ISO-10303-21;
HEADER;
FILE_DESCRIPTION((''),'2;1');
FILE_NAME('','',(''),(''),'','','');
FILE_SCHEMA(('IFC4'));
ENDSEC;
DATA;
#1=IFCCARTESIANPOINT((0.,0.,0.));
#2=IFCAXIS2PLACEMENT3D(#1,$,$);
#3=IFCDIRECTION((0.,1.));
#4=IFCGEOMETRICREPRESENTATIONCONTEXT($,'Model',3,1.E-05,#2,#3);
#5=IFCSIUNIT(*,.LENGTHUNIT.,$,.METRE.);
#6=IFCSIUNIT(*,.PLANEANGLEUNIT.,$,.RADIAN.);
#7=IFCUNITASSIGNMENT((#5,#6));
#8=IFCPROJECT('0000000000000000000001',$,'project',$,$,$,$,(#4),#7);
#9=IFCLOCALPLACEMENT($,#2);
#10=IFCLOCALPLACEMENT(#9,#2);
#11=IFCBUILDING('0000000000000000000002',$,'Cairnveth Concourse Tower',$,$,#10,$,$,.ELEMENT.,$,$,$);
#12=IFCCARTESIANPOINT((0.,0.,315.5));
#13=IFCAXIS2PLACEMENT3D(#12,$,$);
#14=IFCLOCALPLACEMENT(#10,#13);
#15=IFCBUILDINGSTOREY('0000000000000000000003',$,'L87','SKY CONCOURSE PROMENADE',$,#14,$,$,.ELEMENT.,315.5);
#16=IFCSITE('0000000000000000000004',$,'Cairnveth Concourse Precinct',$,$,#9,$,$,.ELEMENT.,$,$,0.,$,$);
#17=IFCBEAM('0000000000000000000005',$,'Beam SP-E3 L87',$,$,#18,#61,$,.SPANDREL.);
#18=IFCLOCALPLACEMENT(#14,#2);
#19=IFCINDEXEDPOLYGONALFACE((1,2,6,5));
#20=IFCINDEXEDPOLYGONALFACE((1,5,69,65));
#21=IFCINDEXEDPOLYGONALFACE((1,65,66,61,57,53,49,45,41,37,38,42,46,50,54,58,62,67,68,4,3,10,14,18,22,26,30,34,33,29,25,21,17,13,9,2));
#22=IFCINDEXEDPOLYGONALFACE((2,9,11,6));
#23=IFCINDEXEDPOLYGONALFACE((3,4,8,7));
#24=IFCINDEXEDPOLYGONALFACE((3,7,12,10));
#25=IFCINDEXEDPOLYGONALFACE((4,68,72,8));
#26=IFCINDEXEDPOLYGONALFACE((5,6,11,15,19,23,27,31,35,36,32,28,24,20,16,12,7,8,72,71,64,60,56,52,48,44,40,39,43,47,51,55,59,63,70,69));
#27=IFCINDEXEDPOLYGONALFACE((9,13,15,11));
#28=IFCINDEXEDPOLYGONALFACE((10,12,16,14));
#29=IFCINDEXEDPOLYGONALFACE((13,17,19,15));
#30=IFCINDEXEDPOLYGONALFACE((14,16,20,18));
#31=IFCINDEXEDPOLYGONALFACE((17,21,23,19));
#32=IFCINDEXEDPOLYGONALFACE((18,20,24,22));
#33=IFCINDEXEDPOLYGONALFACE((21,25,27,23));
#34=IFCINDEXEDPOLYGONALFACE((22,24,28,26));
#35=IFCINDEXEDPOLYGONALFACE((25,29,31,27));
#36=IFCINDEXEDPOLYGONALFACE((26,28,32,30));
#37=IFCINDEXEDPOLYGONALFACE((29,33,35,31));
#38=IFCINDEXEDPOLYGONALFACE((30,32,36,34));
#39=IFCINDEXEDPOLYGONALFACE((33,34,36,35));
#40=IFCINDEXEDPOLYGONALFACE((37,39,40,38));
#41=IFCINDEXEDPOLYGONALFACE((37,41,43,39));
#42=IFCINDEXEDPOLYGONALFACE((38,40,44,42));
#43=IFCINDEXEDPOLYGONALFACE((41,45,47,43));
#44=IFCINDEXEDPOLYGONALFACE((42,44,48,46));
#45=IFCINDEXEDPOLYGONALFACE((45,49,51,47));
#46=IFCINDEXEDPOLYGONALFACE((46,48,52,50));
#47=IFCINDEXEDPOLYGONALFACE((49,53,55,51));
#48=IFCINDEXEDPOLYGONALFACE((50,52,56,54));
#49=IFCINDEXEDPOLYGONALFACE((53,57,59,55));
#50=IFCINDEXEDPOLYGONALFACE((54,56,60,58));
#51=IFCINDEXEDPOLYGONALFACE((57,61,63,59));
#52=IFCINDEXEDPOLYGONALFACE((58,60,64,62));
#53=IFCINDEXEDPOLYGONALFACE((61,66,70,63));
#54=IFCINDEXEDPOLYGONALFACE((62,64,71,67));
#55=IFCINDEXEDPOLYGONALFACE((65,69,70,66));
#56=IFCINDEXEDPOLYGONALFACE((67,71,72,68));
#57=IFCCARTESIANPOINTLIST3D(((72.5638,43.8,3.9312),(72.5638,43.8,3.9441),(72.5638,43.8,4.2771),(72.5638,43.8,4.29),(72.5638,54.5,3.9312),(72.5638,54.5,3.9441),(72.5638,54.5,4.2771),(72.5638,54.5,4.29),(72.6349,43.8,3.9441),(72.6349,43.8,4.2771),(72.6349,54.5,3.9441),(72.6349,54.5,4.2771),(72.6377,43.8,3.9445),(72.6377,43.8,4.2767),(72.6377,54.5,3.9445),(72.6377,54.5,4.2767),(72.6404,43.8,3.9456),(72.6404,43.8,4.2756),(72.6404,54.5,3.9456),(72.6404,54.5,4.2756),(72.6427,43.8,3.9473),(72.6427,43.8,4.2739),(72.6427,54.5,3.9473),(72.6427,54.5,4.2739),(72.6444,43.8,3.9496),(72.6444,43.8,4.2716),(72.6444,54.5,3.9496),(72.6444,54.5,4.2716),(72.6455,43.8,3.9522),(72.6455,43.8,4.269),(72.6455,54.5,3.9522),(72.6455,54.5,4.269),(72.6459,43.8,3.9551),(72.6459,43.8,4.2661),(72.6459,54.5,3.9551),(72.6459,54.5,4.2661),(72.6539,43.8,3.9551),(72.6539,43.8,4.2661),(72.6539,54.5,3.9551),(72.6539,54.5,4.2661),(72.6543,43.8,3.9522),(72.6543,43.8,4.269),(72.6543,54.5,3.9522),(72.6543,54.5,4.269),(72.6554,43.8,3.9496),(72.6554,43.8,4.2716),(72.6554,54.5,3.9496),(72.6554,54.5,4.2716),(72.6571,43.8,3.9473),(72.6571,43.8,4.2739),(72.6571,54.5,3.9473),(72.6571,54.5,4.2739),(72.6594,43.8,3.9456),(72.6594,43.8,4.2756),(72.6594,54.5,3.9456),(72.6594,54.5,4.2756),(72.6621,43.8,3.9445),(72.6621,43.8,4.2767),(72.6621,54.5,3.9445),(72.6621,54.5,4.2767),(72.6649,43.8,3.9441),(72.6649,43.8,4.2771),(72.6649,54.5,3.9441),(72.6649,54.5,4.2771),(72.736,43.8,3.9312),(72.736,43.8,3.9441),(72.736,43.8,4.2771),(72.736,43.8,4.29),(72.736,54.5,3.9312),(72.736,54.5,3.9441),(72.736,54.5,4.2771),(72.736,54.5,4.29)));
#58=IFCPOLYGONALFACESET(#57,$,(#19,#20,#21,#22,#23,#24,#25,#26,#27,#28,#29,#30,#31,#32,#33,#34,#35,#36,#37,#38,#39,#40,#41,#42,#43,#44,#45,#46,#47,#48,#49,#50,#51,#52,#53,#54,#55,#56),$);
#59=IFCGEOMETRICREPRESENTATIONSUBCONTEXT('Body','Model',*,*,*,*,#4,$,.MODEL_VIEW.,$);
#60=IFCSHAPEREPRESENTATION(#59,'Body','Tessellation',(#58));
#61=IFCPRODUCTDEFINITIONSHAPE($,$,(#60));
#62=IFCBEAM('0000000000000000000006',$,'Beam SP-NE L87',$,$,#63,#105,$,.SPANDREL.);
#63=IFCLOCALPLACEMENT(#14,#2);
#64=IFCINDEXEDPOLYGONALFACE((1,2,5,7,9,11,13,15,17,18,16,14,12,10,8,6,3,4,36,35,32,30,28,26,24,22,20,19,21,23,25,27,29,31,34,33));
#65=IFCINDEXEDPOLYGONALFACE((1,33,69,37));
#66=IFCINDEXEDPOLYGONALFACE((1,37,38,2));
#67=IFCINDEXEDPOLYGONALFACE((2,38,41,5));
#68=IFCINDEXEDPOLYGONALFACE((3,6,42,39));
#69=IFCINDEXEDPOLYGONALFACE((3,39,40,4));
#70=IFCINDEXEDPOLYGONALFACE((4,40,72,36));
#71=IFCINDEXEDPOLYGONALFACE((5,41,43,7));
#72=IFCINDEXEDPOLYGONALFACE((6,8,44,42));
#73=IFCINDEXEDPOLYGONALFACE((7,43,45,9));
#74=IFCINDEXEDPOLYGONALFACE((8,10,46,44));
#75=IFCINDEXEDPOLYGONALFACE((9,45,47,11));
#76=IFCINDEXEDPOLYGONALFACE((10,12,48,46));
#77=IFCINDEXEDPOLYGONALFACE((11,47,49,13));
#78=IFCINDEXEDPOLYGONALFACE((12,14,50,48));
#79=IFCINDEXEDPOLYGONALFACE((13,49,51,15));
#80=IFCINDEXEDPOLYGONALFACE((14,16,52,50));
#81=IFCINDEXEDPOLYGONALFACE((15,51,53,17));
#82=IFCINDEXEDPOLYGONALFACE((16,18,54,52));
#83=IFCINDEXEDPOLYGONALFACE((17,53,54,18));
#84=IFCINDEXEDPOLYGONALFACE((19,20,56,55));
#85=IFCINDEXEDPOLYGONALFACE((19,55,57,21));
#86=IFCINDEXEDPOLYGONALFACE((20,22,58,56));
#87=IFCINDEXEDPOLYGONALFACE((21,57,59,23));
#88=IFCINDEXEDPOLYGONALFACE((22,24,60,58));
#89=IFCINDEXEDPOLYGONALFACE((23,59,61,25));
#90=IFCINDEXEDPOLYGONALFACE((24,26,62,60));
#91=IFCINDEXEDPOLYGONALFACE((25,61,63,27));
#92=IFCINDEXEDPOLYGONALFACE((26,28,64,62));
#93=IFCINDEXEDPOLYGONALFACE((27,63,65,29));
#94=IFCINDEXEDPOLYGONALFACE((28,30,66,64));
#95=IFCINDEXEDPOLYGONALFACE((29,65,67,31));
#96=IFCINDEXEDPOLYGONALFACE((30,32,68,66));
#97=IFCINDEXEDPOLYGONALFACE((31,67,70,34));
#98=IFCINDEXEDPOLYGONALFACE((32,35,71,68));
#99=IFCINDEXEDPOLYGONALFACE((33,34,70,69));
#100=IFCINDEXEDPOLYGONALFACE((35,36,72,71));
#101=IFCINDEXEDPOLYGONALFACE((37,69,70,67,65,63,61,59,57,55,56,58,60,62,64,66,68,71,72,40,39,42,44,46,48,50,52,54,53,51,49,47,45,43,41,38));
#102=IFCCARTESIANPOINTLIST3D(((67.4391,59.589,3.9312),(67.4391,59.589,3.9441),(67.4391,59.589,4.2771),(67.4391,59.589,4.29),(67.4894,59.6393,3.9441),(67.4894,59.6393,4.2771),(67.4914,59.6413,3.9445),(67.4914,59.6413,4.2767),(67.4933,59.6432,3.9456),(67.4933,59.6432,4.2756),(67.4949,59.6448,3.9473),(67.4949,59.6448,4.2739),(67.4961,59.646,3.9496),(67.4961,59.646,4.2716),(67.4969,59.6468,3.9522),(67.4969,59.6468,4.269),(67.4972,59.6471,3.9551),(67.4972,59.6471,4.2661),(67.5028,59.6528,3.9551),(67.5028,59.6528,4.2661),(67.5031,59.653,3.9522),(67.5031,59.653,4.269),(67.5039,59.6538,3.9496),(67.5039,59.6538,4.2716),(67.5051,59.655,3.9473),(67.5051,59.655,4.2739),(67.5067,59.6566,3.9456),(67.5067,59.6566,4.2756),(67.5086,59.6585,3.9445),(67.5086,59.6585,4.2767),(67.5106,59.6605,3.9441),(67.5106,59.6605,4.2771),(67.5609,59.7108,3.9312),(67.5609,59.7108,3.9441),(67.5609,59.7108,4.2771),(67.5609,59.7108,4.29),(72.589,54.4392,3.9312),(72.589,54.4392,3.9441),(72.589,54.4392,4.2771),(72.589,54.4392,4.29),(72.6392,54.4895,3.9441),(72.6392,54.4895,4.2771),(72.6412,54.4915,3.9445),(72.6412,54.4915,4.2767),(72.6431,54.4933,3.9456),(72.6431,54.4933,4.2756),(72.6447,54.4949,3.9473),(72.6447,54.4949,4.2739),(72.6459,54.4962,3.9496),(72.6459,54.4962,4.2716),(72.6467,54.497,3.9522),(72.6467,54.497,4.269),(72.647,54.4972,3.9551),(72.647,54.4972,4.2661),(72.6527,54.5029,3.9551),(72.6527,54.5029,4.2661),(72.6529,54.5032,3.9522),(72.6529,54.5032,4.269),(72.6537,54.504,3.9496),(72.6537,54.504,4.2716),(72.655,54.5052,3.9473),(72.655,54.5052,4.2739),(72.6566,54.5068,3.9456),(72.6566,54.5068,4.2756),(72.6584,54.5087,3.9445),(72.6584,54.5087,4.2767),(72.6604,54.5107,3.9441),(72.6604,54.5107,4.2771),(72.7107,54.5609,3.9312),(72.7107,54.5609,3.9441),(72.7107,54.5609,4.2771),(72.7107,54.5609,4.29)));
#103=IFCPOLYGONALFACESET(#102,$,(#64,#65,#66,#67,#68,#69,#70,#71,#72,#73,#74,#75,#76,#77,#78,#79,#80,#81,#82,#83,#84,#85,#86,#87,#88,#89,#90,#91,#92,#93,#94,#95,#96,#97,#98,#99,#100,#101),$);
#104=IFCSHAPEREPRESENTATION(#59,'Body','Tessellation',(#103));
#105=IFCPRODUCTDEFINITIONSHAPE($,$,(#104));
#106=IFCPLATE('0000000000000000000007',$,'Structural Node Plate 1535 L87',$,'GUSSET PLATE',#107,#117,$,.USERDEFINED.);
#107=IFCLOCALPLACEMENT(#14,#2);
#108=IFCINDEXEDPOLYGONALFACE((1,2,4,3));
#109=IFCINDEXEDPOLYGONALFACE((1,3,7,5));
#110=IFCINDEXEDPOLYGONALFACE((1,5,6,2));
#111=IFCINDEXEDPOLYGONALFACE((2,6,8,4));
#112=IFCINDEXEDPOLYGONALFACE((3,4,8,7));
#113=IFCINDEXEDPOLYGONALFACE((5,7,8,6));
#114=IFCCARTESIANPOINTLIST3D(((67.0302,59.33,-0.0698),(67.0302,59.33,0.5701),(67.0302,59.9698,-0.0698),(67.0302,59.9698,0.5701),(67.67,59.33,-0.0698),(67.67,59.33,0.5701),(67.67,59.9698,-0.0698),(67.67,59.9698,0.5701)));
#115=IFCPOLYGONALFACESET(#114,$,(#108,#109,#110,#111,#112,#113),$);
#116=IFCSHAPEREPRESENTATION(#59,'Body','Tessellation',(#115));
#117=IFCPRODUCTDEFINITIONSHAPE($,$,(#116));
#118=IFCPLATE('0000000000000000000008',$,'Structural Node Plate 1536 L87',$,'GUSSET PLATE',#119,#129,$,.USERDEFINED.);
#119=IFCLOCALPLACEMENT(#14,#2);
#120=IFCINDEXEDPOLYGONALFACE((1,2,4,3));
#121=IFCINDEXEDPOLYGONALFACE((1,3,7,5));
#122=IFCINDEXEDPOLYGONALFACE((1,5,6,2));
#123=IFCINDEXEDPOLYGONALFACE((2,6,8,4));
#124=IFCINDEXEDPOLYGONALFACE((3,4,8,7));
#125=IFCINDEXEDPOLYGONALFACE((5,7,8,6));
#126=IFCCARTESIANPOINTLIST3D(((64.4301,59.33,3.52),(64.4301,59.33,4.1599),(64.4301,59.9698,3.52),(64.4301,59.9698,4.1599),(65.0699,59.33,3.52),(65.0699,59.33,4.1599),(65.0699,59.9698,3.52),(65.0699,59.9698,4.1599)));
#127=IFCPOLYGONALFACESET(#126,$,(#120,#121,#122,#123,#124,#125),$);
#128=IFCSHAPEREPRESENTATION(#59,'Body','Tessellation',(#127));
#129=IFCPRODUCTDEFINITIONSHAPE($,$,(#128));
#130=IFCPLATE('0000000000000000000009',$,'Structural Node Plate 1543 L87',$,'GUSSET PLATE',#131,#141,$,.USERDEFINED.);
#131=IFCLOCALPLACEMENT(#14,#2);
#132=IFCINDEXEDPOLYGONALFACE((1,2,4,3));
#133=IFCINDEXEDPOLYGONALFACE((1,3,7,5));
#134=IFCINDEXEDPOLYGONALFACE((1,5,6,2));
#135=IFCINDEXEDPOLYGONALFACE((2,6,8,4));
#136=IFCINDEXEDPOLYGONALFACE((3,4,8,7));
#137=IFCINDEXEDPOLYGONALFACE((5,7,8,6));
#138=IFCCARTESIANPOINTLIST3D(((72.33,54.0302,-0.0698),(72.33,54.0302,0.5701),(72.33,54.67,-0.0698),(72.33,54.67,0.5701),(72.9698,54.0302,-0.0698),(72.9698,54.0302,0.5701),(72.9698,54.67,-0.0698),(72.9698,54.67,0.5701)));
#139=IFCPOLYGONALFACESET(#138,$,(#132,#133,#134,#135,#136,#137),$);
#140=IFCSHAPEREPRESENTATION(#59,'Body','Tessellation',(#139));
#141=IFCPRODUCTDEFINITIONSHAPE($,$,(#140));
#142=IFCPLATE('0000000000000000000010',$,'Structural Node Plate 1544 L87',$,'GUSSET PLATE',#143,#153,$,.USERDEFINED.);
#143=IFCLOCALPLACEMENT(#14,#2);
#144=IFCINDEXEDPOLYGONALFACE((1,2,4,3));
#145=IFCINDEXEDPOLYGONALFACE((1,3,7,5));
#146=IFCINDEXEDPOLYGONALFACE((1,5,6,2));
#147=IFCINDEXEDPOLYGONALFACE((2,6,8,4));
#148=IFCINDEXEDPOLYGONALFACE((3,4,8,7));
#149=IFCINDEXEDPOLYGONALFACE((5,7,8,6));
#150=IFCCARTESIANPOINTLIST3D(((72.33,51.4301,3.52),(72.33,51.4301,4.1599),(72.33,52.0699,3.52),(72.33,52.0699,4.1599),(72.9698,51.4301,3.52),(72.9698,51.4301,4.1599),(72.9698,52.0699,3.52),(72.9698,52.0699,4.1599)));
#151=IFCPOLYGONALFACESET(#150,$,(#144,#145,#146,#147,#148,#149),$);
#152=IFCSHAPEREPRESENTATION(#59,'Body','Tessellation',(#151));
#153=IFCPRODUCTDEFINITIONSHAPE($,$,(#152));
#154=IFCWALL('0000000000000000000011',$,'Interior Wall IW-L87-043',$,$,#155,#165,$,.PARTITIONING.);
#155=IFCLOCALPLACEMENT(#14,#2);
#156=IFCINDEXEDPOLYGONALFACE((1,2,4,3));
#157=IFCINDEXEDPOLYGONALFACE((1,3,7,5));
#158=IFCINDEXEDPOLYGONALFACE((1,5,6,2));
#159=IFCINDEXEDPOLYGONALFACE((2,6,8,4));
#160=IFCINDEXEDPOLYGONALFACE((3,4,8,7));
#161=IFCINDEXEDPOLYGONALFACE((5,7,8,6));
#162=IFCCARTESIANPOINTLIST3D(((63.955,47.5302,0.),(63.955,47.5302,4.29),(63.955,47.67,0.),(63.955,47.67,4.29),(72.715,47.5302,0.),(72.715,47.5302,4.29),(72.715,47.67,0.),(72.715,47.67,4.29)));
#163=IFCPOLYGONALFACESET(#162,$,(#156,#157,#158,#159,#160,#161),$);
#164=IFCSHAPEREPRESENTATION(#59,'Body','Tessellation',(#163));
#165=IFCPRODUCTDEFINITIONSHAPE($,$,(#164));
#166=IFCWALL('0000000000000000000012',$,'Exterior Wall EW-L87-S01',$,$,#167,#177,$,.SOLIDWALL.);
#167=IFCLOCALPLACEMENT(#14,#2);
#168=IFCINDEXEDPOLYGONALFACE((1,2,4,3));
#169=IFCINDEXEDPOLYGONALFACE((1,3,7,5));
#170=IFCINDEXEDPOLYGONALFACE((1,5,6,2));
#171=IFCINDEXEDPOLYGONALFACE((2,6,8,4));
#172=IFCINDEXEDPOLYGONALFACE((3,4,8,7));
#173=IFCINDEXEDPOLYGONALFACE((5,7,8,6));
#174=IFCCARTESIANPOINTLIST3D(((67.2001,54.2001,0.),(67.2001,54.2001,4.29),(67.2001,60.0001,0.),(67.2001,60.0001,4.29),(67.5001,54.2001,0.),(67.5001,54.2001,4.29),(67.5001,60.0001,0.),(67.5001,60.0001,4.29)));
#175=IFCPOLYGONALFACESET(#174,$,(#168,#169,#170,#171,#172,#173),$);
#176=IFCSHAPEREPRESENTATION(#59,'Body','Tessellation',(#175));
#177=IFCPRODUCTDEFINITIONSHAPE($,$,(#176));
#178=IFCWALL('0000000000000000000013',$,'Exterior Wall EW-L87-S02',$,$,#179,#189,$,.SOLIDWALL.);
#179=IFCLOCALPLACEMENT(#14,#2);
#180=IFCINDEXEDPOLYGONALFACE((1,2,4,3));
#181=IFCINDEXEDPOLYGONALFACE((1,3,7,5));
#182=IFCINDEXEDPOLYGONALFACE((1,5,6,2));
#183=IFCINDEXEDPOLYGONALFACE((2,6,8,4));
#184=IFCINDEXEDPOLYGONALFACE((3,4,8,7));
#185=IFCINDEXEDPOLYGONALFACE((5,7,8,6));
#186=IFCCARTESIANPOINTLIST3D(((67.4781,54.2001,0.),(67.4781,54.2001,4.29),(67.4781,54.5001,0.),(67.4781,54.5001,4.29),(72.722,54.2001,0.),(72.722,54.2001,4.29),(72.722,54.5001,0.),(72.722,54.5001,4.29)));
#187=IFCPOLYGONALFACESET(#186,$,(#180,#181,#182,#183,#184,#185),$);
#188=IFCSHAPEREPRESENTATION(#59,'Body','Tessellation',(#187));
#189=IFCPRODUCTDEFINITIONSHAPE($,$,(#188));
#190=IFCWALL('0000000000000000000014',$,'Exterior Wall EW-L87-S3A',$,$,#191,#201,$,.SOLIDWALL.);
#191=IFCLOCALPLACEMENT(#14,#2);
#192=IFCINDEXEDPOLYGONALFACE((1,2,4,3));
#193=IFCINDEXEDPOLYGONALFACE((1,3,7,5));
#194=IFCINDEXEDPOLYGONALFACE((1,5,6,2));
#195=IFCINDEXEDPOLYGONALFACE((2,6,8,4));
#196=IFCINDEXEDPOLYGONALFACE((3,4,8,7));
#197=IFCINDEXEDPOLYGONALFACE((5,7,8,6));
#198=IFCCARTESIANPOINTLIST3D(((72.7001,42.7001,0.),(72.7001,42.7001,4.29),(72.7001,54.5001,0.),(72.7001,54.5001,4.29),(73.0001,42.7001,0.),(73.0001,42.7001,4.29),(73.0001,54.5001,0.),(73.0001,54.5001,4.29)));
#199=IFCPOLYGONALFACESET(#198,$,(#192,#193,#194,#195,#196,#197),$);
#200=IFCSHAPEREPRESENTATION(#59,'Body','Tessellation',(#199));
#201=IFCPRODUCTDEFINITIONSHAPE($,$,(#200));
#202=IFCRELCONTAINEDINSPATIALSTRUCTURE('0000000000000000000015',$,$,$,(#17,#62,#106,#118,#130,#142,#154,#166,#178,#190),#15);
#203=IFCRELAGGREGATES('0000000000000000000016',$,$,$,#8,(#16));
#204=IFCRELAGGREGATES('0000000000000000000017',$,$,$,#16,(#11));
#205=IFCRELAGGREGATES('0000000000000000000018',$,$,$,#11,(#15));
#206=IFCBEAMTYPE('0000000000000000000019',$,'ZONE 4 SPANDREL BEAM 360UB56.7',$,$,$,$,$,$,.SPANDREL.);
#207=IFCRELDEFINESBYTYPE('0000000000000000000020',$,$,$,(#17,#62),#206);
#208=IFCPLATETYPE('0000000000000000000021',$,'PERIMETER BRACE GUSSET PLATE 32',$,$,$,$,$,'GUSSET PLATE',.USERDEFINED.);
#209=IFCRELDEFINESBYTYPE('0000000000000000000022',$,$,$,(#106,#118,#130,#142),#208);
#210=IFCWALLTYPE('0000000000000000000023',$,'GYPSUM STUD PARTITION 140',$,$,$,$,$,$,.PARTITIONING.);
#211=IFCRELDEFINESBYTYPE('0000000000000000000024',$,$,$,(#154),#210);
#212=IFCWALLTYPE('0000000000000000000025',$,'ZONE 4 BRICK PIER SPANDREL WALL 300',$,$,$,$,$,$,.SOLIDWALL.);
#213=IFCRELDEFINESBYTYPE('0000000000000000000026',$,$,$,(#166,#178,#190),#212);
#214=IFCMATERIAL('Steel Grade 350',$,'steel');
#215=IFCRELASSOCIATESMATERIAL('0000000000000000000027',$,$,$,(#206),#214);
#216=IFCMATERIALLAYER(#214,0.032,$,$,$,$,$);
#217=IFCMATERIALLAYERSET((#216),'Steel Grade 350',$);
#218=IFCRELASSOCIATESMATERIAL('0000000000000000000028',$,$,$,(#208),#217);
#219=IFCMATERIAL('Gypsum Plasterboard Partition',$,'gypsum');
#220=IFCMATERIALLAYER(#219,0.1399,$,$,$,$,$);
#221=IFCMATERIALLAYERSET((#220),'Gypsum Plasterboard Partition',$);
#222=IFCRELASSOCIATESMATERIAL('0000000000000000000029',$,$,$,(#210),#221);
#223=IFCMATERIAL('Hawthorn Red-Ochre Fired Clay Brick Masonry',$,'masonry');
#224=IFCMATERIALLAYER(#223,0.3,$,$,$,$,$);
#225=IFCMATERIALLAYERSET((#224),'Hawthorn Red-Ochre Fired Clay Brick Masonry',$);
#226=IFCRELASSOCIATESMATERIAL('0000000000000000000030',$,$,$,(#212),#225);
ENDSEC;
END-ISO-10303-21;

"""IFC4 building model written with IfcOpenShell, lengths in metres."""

from ifc_helpers import new_model, si_unit, direction, frame, frame_2d, origin, origin_2d, place, context, subcontext, project, spatial, rectangle, i_section, extrude, material, layer, layer_set, material_profile, profile_set, type_object, element, save


model = new_model("IFC4")

# Units and contexts
model_context = context("Model", 3, precision=1e-05, world=origin(), true_north=direction((0.0, 1.0)))
body_context = subcontext(model_context, "Body", "Model", "MODEL_VIEW")
ifc_project = project(units=[si_unit("LENGTHUNIT", "METRE"), si_unit("PLANEANGLEUNIT", "RADIAN")], contexts=[model_context])

# Site, building, storey
site_placement = place(None, origin())
site = spatial("IfcSite", under=ifc_project, at=site_placement, Name="Cairnveth Concourse Precinct", CompositionType="ELEMENT", RefElevation=0.0)
building_placement = place(site_placement, origin())
building = spatial("IfcBuilding", under=site, at=building_placement, Name="Cairnveth Concourse Tower", CompositionType="ELEMENT")
storey_placement = place(building_placement, frame((0.0, 0.0, 315.5)))
storey = spatial("IfcBuildingStorey", under=building, at=storey_placement, Name="L87", Description="SKY CONCOURSE PROMENADE", CompositionType="ELEMENT", Elevation=315.5)

# Shared definitions
ifc_material_1 = material(Name="Steel Grade 350", Category="steel")

# Beams
ifc_material_profile_1 = material_profile(ifc_material_1, i_section(OverallWidth=0.1721, OverallDepth=0.3589, WebThickness=0.0081, FlangeThickness=0.0129, FilletRadius=0.011, at=origin_2d()), Name="360UB56.7")
ifc_profile_set_1 = profile_set([ifc_material_profile_1], Name="Steel Grade 350")
beam_type_1 = type_object("IfcBeamType", Name="ZONE 4 SPANDREL BEAM 360UB56.7", PredefinedType="SPANDREL", material=ifc_profile_set_1)
beam_1_placement = place(storey_placement, frame((72.6499, 43.8, 4.1106), z_axis=(0.0, 1.0, 0.0), x_axis=(-1.0, 0.0, 0.0)))
element("IfcBeam", 1, at=beam_1_placement, inside=storey, type_object=beam_type_1, Name="Beam SP-E3 L87", PredefinedType="SPANDREL", context=body_context, shape_type="SweptSolid", body=[
    extrude(i_section(OverallWidth=0.1721, OverallDepth=0.3589, WebThickness=0.0081, FlangeThickness=0.0129, FilletRadius=0.011, at=origin_2d()), origin(), (0.0, 0.0, 1.0), 10.7),
])
beam_2_placement = place(storey_placement, frame((67.5, 59.6499, 4.1106), z_axis=(0.707107, -0.707107, 0.0), x_axis=(0.707107, 0.707107, 0.0)))
element("IfcBeam", 2, at=beam_2_placement, inside=storey, type_object=beam_type_1, Name="Beam SP-NE L87", PredefinedType="SPANDREL", context=body_context, shape_type="SweptSolid", body=[
    extrude(i_section(OverallWidth=0.1721, OverallDepth=0.3589, WebThickness=0.0081, FlangeThickness=0.0129, FilletRadius=0.011, at=origin_2d()), origin(), (0.0, 0.0, 1.0), 7.283),
])

# Plates
ifc_layer_1 = layer(ifc_material_1, 0.032)
ifc_layer_set_1 = layer_set([ifc_layer_1], Name="Steel Grade 350")
plate_type = type_object("IfcPlateType", Name="PERIMETER BRACE GUSSET PLATE 32", ElementType="GUSSET PLATE", PredefinedType="USERDEFINED", material=ifc_layer_set_1)
for number, where, z_axis, x_axis, name in (
    (3, (67.3501, 59.6499, -0.0698), (0.0, 0.0, 1.0), (1.0, 0.0, 0.0), "Structural Node Plate 1535 L87"),
    (4, (64.75, 59.6499, 3.52), (0.0, 0.0, 1.0), (1.0, 0.0, 0.0), "Structural Node Plate 1536 L87"),
    (5, (72.6499, 54.3501, -0.0698), (0.0, 0.0, 1.0), (1.0, 0.0, 0.0), "Structural Node Plate 1543 L87"),
    (6, (72.6499, 51.75, 3.52), (0.0, 0.0, 1.0), (1.0, 0.0, 0.0), "Structural Node Plate 1544 L87"),
):
    element("IfcPlate", number, at=place(storey_placement, frame(where, z_axis=z_axis, x_axis=x_axis)), inside=storey, type_object=plate_type, Name=name, ObjectType="GUSSET PLATE", PredefinedType="USERDEFINED", context=body_context, shape_type="SweptSolid", body=[
        extrude(rectangle(XDim=0.6399, YDim=0.6399, at=origin_2d()), origin(), (0.0, 0.0, 1.0), 0.6399),
    ])

# Walls
ifc_material_2 = material(Name="Gypsum Plasterboard Partition", Category="gypsum")
ifc_layer_2 = layer(ifc_material_2, 0.1399)
ifc_layer_set_2 = layer_set([ifc_layer_2], Name="Gypsum Plasterboard Partition")
wall_type_1 = type_object("IfcWallType", Name="GYPSUM STUD PARTITION 140", PredefinedType="PARTITIONING", material=ifc_layer_set_2)
wall_1_placement = place(storey_placement, frame((63.9551, 47.6001, 0.0), z_axis=(0.0, 0.0, 1.0), x_axis=(1.0, 0.0, 0.0)))
element("IfcWall", 7, at=wall_1_placement, inside=storey, type_object=wall_type_1, Name="Interior Wall IW-L87-043", PredefinedType="PARTITIONING", context=body_context, shape_type="SweptSolid", body=[
    extrude(rectangle(XDim=8.76, YDim=0.1399, at=frame_2d((4.3799, 0.0))), origin(), (0.0, 0.0, 1.0), 4.29),
])
ifc_material_3 = material(Name="Hawthorn Red-Ochre Fired Clay Brick Masonry", Category="masonry")
ifc_layer_3 = layer(ifc_material_3, 0.3)
ifc_layer_set_3 = layer_set([ifc_layer_3], Name="Hawthorn Red-Ochre Fired Clay Brick Masonry")
wall_type_2 = type_object("IfcWallType", Name="ZONE 4 BRICK PIER SPANDREL WALL 300", PredefinedType="SOLIDWALL", material=ifc_layer_set_3)
wall_2_placement = place(storey_placement, frame((67.3501, 60.0, 0.0), z_axis=(0.0, 0.0, 1.0), x_axis=(0.0, -1.0, 0.0)))
element("IfcWall", 8, at=wall_2_placement, inside=storey, type_object=wall_type_2, Name="Exterior Wall EW-L87-S01", PredefinedType="SOLIDWALL", context=body_context, shape_type="SweptSolid", body=[
    extrude(rectangle(XDim=5.8, YDim=0.3, at=frame_2d((2.8999, 0.0))), origin(), (0.0, 0.0, 1.0), 4.29),
])
wall_3_placement = place(storey_placement, frame((67.478, 54.3501, 0.0), z_axis=(0.0, 0.0, 1.0), x_axis=(1.0, 0.0, 0.0)))
element("IfcWall", 9, at=wall_3_placement, inside=storey, type_object=wall_type_2, Name="Exterior Wall EW-L87-S02", PredefinedType="SOLIDWALL", context=body_context, shape_type="SweptSolid", body=[
    extrude(rectangle(XDim=5.2439, YDim=0.3, at=frame_2d((2.6221, 0.0))), origin(), (0.0, 0.0, 1.0), 4.29),
])
wall_4_placement = place(storey_placement, frame((72.8501, 54.5, 0.0), z_axis=(0.0, 0.0, 1.0), x_axis=(0.0, -1.0, 0.0)))
element("IfcWall", 10, at=wall_4_placement, inside=storey, type_object=wall_type_2, Name="Exterior Wall EW-L87-S3A", PredefinedType="SOLIDWALL", context=body_context, shape_type="SweptSolid", body=[
    extrude(rectangle(XDim=11.8, YDim=0.3, at=frame_2d((5.8999, 0.0))), origin(), (0.0, 0.0, 1.0), 4.29),
])

save(model, "model.ifc")
